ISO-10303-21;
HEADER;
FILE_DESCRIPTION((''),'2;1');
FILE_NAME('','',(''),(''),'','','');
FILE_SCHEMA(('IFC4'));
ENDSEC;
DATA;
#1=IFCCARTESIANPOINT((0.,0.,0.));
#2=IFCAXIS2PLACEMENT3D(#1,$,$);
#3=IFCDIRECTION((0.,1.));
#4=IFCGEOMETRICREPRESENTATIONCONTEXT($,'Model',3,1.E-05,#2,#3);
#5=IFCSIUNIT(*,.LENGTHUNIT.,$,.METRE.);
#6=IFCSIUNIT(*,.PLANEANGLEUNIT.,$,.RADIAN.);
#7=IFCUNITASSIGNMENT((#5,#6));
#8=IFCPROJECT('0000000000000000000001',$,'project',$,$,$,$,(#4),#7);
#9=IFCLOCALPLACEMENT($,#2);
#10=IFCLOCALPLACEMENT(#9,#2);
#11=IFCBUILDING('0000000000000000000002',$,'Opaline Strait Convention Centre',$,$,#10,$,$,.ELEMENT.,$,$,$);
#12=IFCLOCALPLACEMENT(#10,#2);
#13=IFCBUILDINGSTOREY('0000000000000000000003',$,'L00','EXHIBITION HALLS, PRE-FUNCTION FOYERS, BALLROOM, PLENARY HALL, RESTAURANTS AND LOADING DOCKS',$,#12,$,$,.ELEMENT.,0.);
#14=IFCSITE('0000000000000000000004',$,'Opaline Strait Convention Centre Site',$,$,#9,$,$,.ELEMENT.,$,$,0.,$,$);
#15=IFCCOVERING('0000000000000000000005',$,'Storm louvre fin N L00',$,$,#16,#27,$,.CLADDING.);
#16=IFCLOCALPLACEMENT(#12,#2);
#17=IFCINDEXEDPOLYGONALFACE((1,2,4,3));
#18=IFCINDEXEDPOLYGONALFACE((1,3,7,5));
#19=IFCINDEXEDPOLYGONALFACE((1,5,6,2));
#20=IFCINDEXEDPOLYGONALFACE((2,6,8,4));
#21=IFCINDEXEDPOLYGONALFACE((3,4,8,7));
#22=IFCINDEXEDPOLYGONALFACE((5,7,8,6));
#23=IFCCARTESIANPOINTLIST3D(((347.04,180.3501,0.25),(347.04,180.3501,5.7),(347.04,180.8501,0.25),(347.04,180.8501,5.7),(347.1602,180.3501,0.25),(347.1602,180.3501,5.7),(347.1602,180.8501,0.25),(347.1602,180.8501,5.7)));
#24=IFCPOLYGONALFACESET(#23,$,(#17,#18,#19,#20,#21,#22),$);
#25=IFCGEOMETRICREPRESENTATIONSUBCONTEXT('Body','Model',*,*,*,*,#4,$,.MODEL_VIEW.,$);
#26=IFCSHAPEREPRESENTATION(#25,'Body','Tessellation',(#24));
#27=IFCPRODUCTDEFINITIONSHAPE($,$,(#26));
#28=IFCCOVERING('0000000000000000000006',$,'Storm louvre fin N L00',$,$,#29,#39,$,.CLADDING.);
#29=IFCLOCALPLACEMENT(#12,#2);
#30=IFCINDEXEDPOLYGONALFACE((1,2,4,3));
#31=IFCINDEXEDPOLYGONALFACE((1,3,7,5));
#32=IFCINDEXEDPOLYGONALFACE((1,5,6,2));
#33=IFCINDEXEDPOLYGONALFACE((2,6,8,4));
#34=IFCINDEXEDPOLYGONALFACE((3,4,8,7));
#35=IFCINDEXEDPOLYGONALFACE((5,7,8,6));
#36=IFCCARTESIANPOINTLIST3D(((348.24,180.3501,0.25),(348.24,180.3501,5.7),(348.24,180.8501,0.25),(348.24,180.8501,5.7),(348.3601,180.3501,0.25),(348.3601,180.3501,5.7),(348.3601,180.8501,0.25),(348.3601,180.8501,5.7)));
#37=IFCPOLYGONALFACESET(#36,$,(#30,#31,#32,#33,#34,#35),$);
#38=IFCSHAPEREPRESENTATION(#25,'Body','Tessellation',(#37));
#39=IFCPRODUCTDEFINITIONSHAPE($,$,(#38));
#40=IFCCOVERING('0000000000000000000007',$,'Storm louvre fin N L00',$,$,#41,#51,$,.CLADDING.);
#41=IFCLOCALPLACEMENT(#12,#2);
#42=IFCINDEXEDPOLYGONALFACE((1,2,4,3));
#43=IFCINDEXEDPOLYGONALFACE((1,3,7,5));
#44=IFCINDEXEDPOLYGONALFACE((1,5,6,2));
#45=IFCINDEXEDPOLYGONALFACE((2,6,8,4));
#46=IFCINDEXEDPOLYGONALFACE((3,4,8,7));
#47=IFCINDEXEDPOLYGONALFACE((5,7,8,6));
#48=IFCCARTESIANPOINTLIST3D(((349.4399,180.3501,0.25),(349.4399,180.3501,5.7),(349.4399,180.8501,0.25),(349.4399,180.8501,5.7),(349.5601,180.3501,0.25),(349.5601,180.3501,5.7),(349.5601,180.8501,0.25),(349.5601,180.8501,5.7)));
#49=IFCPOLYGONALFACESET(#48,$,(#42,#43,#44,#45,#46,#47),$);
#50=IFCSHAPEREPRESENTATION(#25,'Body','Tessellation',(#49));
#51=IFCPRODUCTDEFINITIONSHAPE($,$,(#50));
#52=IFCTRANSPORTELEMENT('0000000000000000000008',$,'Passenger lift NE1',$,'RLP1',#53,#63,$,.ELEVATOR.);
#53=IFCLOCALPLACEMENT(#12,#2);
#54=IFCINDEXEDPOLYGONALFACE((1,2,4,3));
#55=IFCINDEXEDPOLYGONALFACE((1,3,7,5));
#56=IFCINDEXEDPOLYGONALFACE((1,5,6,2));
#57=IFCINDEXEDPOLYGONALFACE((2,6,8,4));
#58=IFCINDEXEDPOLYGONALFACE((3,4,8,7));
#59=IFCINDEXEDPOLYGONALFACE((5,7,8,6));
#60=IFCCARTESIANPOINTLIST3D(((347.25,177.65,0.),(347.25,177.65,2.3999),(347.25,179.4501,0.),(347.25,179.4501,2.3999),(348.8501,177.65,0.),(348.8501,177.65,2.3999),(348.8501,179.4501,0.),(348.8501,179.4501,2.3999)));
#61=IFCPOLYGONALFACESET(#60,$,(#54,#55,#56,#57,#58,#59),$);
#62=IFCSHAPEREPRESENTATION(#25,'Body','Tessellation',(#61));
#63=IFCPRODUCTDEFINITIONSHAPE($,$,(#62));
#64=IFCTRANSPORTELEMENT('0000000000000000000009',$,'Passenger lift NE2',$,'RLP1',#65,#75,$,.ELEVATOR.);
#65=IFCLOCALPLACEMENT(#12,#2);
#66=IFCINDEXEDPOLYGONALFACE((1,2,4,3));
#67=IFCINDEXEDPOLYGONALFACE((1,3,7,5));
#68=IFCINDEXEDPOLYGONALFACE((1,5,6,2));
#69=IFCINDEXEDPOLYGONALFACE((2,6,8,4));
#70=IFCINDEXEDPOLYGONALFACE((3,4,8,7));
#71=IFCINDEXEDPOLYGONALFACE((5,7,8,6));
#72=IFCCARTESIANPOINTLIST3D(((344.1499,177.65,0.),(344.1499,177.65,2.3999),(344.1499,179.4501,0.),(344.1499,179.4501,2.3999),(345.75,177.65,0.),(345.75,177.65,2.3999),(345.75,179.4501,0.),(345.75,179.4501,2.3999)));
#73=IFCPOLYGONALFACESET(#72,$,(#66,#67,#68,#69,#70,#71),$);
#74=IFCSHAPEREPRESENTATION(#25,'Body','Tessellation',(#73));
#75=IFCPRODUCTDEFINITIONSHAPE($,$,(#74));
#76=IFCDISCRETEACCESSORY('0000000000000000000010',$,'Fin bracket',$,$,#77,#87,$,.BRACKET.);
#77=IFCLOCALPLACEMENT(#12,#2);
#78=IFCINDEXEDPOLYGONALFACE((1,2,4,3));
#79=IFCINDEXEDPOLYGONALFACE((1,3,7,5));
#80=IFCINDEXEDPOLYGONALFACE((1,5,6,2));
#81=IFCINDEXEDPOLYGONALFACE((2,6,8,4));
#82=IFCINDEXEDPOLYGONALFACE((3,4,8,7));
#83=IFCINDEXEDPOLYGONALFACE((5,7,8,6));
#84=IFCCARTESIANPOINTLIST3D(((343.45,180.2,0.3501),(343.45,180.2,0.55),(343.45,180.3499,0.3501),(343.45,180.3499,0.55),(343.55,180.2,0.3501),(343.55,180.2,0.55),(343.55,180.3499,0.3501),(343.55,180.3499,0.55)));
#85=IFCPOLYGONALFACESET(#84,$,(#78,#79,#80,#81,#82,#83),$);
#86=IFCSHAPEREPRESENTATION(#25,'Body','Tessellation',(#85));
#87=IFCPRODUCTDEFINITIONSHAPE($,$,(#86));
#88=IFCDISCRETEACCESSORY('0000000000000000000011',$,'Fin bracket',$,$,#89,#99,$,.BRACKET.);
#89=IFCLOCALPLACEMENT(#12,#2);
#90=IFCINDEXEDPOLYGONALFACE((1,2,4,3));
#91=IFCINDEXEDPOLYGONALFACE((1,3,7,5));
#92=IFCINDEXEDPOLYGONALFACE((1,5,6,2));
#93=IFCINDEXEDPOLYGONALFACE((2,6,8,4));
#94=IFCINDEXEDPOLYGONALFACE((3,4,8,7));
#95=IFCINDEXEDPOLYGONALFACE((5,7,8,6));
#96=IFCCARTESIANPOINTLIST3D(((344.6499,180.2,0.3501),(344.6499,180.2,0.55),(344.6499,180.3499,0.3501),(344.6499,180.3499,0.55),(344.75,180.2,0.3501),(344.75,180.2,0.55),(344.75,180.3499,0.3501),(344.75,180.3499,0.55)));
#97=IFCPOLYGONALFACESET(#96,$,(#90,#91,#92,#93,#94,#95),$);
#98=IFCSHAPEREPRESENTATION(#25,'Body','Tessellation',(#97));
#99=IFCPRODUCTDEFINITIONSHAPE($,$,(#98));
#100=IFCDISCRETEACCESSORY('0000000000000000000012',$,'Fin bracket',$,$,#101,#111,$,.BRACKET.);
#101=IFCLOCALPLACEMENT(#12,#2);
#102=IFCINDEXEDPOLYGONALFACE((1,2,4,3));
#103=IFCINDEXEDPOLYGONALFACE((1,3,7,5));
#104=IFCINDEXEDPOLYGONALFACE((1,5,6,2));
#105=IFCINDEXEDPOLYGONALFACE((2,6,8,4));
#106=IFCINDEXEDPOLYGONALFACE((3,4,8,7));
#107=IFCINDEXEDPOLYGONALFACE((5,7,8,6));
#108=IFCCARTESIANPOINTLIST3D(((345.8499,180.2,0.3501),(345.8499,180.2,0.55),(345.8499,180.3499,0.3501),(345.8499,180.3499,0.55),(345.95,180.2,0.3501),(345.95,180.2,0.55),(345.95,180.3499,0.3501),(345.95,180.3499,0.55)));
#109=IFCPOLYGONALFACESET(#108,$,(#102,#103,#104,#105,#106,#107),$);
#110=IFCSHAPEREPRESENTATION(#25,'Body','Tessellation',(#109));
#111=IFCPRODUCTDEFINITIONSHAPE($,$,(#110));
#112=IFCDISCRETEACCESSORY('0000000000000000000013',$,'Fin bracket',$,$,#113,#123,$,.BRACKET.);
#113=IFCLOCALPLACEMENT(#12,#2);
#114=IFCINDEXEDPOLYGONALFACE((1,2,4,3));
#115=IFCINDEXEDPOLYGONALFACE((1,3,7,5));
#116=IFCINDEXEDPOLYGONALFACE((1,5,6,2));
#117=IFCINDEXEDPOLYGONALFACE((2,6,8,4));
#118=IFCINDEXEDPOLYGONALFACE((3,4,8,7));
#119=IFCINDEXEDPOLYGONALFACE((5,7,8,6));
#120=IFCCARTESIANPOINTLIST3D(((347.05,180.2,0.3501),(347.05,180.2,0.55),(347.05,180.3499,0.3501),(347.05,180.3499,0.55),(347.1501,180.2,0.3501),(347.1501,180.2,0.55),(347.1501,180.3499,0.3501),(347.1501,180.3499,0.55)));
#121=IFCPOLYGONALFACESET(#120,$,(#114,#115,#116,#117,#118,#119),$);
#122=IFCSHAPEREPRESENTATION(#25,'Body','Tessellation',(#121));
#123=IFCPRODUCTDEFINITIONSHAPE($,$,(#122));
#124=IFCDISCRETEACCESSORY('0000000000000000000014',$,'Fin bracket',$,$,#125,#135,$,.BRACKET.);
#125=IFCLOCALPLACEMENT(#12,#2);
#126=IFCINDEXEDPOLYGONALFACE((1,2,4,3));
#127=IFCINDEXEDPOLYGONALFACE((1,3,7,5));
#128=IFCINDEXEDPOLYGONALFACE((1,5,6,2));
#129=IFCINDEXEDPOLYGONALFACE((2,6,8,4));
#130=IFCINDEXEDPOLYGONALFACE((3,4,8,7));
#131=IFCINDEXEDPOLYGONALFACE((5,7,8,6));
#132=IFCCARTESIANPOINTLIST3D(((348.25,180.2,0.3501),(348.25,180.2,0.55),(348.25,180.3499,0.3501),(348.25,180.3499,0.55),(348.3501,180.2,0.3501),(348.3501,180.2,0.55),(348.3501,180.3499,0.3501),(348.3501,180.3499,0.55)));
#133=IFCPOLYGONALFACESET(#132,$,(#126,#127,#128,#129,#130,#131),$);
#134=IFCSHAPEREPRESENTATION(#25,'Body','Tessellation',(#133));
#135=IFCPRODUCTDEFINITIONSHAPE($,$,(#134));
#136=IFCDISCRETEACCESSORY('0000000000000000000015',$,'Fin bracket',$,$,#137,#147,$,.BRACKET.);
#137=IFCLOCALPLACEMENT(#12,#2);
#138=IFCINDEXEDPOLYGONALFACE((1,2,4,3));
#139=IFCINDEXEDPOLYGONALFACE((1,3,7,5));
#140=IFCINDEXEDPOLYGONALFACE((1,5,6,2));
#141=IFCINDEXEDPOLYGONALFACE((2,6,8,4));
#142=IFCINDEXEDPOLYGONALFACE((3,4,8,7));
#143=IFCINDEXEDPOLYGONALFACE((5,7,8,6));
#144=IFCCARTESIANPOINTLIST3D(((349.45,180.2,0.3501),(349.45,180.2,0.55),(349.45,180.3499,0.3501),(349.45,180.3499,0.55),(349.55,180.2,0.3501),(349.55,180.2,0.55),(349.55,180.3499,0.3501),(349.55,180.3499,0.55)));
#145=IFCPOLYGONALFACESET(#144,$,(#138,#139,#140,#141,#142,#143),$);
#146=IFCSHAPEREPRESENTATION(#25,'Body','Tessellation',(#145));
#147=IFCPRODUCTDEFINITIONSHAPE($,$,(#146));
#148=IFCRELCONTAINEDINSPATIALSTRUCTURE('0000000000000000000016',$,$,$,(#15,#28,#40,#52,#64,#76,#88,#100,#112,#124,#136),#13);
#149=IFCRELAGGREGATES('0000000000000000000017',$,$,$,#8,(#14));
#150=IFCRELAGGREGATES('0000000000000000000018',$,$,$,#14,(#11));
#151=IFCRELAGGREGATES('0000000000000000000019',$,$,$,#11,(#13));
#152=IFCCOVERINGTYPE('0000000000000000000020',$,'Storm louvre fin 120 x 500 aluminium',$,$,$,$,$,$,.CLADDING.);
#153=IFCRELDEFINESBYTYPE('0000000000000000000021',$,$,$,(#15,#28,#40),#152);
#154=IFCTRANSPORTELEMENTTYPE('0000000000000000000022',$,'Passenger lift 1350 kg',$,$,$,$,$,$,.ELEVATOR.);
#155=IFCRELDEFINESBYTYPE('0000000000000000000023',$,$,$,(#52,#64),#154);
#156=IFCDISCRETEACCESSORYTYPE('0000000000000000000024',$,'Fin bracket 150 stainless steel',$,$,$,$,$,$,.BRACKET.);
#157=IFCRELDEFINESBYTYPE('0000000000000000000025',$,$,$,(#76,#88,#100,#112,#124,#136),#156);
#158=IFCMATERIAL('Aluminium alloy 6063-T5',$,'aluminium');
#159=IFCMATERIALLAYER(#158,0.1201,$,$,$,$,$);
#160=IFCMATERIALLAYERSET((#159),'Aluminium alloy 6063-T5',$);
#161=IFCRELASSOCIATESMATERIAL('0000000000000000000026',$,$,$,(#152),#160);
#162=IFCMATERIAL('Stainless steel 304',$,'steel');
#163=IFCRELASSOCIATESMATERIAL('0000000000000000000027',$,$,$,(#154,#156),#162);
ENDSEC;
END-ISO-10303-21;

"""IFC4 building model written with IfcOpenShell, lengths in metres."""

from ifc_helpers import new_model, si_unit, direction, frame, origin, origin_2d, place, context, subcontext, project, spatial, rectangle, extrude, material, layer, layer_set, type_object, element, save


model = new_model("IFC4")

# Units and contexts
model_context = context("Model", 3, precision=1e-05, world=origin(), true_north=direction((0.0, 1.0)))
body_context = subcontext(model_context, "Body", "Model", "MODEL_VIEW")
ifc_project = project(units=[si_unit("LENGTHUNIT", "METRE"), si_unit("PLANEANGLEUNIT", "RADIAN")], contexts=[model_context])

# Site, building, storey
site_placement = place(None, origin())
site = spatial("IfcSite", under=ifc_project, at=site_placement, Name="Opaline Strait Convention Centre Site", CompositionType="ELEMENT", RefElevation=0.0)
building_placement = place(site_placement, origin())
building = spatial("IfcBuilding", under=site, at=building_placement, Name="Opaline Strait Convention Centre", CompositionType="ELEMENT")
storey_placement = place(building_placement, origin())
storey = spatial("IfcBuildingStorey", under=building, at=storey_placement, Name="L00", Description="EXHIBITION HALLS, PRE-FUNCTION FOYERS, BALLROOM, PLENARY HALL, RESTAURANTS AND LOADING DOCKS", CompositionType="ELEMENT", Elevation=0.0)

# Coverings
ifc_material_1 = material(Name="Aluminium alloy 6063-T5", Category="aluminium")
ifc_layer_1 = layer(ifc_material_1, 0.1201)
ifc_layer_set_1 = layer_set([ifc_layer_1], Name="Aluminium alloy 6063-T5")
covering_type = type_object("IfcCoveringType", Name="Storm louvre fin 120 x 500 aluminium", PredefinedType="CLADDING", material=ifc_layer_set_1)
for number, where, z_axis, x_axis, name in (
    (1, (347.1001, 180.6001, 0.25), (0.0, 0.0, 1.0), (1.0, 0.0, 0.0), "Storm louvre fin N L00"),
    (2, (348.3, 180.6001, 0.25), (0.0, 0.0, 1.0), (1.0, 0.0, 0.0), "Storm louvre fin N L00"),
    (3, (349.5, 180.6001, 0.25), (0.0, 0.0, 1.0), (1.0, 0.0, 0.0), "Storm louvre fin N L00"),
):
    element("IfcCovering", number, at=place(storey_placement, frame(where, z_axis=z_axis, x_axis=x_axis)), inside=storey, type_object=covering_type, Name=name, PredefinedType="CLADDING", context=body_context, shape_type="SweptSolid", body=[
        extrude(rectangle(XDim=0.1201, YDim=0.5, at=origin_2d()), origin(), (0.0, 0.0, 1.0), 5.45),
    ])

# Transport elements
ifc_material_2 = material(Name="Stainless steel 304", Category="steel")
transport_element_type = type_object("IfcTransportElementType", Name="Passenger lift 1350 kg", PredefinedType="ELEVATOR", material=ifc_material_2)
for number, where, z_axis, x_axis, name in (
    (4, (348.05, 178.55, 0.0), (0.0, 0.0, 1.0), (1.0, 0.0, 0.0), "Passenger lift NE1"),
    (5, (344.95, 178.55, 0.0), (0.0, 0.0, 1.0), (1.0, 0.0, 0.0), "Passenger lift NE2"),
):
    element("IfcTransportElement", number, at=place(storey_placement, frame(where, z_axis=z_axis, x_axis=x_axis)), inside=storey, type_object=transport_element_type, Name=name, ObjectType="RLP1", PredefinedType="ELEVATOR", context=body_context, shape_type="SweptSolid", body=[
        extrude(rectangle(XDim=1.6001, YDim=1.8, at=origin_2d()), origin(), (0.0, 0.0, 1.0), 2.3999),
    ])

# Discrete accessories
discrete_accessory_type = type_object("IfcDiscreteAccessoryType", Name="Fin bracket 150 stainless steel", PredefinedType="BRACKET", material=ifc_material_2)
for number, where, z_axis, x_axis, name in (
    (6, (343.5, 180.2749, 0.3501), (0.0, 0.0, 1.0), (1.0, 0.0, 0.0), "Fin bracket"),
    (7, (344.7, 180.2749, 0.3501), (0.0, 0.0, 1.0), (1.0, 0.0, 0.0), "Fin bracket"),
    (8, (345.8999, 180.2749, 0.3501), (0.0, 0.0, 1.0), (1.0, 0.0, 0.0), "Fin bracket"),
    (9, (347.1001, 180.2749, 0.3501), (0.0, 0.0, 1.0), (1.0, 0.0, 0.0), "Fin bracket"),
    (10, (348.3, 180.2749, 0.3501), (0.0, 0.0, 1.0), (1.0, 0.0, 0.0), "Fin bracket"),
    (11, (349.5, 180.2749, 0.3501), (0.0, 0.0, 1.0), (1.0, 0.0, 0.0), "Fin bracket"),
):
    element("IfcDiscreteAccessory", number, at=place(storey_placement, frame(where, z_axis=z_axis, x_axis=x_axis)), inside=storey, type_object=discrete_accessory_type, Name=name, PredefinedType="BRACKET", context=body_context, shape_type="SweptSolid", body=[
        extrude(rectangle(XDim=0.1001, YDim=0.1499, at=origin_2d()), origin(), (0.0, 0.0, 1.0), 0.2),
    ])

save(model, "model.ifc")
